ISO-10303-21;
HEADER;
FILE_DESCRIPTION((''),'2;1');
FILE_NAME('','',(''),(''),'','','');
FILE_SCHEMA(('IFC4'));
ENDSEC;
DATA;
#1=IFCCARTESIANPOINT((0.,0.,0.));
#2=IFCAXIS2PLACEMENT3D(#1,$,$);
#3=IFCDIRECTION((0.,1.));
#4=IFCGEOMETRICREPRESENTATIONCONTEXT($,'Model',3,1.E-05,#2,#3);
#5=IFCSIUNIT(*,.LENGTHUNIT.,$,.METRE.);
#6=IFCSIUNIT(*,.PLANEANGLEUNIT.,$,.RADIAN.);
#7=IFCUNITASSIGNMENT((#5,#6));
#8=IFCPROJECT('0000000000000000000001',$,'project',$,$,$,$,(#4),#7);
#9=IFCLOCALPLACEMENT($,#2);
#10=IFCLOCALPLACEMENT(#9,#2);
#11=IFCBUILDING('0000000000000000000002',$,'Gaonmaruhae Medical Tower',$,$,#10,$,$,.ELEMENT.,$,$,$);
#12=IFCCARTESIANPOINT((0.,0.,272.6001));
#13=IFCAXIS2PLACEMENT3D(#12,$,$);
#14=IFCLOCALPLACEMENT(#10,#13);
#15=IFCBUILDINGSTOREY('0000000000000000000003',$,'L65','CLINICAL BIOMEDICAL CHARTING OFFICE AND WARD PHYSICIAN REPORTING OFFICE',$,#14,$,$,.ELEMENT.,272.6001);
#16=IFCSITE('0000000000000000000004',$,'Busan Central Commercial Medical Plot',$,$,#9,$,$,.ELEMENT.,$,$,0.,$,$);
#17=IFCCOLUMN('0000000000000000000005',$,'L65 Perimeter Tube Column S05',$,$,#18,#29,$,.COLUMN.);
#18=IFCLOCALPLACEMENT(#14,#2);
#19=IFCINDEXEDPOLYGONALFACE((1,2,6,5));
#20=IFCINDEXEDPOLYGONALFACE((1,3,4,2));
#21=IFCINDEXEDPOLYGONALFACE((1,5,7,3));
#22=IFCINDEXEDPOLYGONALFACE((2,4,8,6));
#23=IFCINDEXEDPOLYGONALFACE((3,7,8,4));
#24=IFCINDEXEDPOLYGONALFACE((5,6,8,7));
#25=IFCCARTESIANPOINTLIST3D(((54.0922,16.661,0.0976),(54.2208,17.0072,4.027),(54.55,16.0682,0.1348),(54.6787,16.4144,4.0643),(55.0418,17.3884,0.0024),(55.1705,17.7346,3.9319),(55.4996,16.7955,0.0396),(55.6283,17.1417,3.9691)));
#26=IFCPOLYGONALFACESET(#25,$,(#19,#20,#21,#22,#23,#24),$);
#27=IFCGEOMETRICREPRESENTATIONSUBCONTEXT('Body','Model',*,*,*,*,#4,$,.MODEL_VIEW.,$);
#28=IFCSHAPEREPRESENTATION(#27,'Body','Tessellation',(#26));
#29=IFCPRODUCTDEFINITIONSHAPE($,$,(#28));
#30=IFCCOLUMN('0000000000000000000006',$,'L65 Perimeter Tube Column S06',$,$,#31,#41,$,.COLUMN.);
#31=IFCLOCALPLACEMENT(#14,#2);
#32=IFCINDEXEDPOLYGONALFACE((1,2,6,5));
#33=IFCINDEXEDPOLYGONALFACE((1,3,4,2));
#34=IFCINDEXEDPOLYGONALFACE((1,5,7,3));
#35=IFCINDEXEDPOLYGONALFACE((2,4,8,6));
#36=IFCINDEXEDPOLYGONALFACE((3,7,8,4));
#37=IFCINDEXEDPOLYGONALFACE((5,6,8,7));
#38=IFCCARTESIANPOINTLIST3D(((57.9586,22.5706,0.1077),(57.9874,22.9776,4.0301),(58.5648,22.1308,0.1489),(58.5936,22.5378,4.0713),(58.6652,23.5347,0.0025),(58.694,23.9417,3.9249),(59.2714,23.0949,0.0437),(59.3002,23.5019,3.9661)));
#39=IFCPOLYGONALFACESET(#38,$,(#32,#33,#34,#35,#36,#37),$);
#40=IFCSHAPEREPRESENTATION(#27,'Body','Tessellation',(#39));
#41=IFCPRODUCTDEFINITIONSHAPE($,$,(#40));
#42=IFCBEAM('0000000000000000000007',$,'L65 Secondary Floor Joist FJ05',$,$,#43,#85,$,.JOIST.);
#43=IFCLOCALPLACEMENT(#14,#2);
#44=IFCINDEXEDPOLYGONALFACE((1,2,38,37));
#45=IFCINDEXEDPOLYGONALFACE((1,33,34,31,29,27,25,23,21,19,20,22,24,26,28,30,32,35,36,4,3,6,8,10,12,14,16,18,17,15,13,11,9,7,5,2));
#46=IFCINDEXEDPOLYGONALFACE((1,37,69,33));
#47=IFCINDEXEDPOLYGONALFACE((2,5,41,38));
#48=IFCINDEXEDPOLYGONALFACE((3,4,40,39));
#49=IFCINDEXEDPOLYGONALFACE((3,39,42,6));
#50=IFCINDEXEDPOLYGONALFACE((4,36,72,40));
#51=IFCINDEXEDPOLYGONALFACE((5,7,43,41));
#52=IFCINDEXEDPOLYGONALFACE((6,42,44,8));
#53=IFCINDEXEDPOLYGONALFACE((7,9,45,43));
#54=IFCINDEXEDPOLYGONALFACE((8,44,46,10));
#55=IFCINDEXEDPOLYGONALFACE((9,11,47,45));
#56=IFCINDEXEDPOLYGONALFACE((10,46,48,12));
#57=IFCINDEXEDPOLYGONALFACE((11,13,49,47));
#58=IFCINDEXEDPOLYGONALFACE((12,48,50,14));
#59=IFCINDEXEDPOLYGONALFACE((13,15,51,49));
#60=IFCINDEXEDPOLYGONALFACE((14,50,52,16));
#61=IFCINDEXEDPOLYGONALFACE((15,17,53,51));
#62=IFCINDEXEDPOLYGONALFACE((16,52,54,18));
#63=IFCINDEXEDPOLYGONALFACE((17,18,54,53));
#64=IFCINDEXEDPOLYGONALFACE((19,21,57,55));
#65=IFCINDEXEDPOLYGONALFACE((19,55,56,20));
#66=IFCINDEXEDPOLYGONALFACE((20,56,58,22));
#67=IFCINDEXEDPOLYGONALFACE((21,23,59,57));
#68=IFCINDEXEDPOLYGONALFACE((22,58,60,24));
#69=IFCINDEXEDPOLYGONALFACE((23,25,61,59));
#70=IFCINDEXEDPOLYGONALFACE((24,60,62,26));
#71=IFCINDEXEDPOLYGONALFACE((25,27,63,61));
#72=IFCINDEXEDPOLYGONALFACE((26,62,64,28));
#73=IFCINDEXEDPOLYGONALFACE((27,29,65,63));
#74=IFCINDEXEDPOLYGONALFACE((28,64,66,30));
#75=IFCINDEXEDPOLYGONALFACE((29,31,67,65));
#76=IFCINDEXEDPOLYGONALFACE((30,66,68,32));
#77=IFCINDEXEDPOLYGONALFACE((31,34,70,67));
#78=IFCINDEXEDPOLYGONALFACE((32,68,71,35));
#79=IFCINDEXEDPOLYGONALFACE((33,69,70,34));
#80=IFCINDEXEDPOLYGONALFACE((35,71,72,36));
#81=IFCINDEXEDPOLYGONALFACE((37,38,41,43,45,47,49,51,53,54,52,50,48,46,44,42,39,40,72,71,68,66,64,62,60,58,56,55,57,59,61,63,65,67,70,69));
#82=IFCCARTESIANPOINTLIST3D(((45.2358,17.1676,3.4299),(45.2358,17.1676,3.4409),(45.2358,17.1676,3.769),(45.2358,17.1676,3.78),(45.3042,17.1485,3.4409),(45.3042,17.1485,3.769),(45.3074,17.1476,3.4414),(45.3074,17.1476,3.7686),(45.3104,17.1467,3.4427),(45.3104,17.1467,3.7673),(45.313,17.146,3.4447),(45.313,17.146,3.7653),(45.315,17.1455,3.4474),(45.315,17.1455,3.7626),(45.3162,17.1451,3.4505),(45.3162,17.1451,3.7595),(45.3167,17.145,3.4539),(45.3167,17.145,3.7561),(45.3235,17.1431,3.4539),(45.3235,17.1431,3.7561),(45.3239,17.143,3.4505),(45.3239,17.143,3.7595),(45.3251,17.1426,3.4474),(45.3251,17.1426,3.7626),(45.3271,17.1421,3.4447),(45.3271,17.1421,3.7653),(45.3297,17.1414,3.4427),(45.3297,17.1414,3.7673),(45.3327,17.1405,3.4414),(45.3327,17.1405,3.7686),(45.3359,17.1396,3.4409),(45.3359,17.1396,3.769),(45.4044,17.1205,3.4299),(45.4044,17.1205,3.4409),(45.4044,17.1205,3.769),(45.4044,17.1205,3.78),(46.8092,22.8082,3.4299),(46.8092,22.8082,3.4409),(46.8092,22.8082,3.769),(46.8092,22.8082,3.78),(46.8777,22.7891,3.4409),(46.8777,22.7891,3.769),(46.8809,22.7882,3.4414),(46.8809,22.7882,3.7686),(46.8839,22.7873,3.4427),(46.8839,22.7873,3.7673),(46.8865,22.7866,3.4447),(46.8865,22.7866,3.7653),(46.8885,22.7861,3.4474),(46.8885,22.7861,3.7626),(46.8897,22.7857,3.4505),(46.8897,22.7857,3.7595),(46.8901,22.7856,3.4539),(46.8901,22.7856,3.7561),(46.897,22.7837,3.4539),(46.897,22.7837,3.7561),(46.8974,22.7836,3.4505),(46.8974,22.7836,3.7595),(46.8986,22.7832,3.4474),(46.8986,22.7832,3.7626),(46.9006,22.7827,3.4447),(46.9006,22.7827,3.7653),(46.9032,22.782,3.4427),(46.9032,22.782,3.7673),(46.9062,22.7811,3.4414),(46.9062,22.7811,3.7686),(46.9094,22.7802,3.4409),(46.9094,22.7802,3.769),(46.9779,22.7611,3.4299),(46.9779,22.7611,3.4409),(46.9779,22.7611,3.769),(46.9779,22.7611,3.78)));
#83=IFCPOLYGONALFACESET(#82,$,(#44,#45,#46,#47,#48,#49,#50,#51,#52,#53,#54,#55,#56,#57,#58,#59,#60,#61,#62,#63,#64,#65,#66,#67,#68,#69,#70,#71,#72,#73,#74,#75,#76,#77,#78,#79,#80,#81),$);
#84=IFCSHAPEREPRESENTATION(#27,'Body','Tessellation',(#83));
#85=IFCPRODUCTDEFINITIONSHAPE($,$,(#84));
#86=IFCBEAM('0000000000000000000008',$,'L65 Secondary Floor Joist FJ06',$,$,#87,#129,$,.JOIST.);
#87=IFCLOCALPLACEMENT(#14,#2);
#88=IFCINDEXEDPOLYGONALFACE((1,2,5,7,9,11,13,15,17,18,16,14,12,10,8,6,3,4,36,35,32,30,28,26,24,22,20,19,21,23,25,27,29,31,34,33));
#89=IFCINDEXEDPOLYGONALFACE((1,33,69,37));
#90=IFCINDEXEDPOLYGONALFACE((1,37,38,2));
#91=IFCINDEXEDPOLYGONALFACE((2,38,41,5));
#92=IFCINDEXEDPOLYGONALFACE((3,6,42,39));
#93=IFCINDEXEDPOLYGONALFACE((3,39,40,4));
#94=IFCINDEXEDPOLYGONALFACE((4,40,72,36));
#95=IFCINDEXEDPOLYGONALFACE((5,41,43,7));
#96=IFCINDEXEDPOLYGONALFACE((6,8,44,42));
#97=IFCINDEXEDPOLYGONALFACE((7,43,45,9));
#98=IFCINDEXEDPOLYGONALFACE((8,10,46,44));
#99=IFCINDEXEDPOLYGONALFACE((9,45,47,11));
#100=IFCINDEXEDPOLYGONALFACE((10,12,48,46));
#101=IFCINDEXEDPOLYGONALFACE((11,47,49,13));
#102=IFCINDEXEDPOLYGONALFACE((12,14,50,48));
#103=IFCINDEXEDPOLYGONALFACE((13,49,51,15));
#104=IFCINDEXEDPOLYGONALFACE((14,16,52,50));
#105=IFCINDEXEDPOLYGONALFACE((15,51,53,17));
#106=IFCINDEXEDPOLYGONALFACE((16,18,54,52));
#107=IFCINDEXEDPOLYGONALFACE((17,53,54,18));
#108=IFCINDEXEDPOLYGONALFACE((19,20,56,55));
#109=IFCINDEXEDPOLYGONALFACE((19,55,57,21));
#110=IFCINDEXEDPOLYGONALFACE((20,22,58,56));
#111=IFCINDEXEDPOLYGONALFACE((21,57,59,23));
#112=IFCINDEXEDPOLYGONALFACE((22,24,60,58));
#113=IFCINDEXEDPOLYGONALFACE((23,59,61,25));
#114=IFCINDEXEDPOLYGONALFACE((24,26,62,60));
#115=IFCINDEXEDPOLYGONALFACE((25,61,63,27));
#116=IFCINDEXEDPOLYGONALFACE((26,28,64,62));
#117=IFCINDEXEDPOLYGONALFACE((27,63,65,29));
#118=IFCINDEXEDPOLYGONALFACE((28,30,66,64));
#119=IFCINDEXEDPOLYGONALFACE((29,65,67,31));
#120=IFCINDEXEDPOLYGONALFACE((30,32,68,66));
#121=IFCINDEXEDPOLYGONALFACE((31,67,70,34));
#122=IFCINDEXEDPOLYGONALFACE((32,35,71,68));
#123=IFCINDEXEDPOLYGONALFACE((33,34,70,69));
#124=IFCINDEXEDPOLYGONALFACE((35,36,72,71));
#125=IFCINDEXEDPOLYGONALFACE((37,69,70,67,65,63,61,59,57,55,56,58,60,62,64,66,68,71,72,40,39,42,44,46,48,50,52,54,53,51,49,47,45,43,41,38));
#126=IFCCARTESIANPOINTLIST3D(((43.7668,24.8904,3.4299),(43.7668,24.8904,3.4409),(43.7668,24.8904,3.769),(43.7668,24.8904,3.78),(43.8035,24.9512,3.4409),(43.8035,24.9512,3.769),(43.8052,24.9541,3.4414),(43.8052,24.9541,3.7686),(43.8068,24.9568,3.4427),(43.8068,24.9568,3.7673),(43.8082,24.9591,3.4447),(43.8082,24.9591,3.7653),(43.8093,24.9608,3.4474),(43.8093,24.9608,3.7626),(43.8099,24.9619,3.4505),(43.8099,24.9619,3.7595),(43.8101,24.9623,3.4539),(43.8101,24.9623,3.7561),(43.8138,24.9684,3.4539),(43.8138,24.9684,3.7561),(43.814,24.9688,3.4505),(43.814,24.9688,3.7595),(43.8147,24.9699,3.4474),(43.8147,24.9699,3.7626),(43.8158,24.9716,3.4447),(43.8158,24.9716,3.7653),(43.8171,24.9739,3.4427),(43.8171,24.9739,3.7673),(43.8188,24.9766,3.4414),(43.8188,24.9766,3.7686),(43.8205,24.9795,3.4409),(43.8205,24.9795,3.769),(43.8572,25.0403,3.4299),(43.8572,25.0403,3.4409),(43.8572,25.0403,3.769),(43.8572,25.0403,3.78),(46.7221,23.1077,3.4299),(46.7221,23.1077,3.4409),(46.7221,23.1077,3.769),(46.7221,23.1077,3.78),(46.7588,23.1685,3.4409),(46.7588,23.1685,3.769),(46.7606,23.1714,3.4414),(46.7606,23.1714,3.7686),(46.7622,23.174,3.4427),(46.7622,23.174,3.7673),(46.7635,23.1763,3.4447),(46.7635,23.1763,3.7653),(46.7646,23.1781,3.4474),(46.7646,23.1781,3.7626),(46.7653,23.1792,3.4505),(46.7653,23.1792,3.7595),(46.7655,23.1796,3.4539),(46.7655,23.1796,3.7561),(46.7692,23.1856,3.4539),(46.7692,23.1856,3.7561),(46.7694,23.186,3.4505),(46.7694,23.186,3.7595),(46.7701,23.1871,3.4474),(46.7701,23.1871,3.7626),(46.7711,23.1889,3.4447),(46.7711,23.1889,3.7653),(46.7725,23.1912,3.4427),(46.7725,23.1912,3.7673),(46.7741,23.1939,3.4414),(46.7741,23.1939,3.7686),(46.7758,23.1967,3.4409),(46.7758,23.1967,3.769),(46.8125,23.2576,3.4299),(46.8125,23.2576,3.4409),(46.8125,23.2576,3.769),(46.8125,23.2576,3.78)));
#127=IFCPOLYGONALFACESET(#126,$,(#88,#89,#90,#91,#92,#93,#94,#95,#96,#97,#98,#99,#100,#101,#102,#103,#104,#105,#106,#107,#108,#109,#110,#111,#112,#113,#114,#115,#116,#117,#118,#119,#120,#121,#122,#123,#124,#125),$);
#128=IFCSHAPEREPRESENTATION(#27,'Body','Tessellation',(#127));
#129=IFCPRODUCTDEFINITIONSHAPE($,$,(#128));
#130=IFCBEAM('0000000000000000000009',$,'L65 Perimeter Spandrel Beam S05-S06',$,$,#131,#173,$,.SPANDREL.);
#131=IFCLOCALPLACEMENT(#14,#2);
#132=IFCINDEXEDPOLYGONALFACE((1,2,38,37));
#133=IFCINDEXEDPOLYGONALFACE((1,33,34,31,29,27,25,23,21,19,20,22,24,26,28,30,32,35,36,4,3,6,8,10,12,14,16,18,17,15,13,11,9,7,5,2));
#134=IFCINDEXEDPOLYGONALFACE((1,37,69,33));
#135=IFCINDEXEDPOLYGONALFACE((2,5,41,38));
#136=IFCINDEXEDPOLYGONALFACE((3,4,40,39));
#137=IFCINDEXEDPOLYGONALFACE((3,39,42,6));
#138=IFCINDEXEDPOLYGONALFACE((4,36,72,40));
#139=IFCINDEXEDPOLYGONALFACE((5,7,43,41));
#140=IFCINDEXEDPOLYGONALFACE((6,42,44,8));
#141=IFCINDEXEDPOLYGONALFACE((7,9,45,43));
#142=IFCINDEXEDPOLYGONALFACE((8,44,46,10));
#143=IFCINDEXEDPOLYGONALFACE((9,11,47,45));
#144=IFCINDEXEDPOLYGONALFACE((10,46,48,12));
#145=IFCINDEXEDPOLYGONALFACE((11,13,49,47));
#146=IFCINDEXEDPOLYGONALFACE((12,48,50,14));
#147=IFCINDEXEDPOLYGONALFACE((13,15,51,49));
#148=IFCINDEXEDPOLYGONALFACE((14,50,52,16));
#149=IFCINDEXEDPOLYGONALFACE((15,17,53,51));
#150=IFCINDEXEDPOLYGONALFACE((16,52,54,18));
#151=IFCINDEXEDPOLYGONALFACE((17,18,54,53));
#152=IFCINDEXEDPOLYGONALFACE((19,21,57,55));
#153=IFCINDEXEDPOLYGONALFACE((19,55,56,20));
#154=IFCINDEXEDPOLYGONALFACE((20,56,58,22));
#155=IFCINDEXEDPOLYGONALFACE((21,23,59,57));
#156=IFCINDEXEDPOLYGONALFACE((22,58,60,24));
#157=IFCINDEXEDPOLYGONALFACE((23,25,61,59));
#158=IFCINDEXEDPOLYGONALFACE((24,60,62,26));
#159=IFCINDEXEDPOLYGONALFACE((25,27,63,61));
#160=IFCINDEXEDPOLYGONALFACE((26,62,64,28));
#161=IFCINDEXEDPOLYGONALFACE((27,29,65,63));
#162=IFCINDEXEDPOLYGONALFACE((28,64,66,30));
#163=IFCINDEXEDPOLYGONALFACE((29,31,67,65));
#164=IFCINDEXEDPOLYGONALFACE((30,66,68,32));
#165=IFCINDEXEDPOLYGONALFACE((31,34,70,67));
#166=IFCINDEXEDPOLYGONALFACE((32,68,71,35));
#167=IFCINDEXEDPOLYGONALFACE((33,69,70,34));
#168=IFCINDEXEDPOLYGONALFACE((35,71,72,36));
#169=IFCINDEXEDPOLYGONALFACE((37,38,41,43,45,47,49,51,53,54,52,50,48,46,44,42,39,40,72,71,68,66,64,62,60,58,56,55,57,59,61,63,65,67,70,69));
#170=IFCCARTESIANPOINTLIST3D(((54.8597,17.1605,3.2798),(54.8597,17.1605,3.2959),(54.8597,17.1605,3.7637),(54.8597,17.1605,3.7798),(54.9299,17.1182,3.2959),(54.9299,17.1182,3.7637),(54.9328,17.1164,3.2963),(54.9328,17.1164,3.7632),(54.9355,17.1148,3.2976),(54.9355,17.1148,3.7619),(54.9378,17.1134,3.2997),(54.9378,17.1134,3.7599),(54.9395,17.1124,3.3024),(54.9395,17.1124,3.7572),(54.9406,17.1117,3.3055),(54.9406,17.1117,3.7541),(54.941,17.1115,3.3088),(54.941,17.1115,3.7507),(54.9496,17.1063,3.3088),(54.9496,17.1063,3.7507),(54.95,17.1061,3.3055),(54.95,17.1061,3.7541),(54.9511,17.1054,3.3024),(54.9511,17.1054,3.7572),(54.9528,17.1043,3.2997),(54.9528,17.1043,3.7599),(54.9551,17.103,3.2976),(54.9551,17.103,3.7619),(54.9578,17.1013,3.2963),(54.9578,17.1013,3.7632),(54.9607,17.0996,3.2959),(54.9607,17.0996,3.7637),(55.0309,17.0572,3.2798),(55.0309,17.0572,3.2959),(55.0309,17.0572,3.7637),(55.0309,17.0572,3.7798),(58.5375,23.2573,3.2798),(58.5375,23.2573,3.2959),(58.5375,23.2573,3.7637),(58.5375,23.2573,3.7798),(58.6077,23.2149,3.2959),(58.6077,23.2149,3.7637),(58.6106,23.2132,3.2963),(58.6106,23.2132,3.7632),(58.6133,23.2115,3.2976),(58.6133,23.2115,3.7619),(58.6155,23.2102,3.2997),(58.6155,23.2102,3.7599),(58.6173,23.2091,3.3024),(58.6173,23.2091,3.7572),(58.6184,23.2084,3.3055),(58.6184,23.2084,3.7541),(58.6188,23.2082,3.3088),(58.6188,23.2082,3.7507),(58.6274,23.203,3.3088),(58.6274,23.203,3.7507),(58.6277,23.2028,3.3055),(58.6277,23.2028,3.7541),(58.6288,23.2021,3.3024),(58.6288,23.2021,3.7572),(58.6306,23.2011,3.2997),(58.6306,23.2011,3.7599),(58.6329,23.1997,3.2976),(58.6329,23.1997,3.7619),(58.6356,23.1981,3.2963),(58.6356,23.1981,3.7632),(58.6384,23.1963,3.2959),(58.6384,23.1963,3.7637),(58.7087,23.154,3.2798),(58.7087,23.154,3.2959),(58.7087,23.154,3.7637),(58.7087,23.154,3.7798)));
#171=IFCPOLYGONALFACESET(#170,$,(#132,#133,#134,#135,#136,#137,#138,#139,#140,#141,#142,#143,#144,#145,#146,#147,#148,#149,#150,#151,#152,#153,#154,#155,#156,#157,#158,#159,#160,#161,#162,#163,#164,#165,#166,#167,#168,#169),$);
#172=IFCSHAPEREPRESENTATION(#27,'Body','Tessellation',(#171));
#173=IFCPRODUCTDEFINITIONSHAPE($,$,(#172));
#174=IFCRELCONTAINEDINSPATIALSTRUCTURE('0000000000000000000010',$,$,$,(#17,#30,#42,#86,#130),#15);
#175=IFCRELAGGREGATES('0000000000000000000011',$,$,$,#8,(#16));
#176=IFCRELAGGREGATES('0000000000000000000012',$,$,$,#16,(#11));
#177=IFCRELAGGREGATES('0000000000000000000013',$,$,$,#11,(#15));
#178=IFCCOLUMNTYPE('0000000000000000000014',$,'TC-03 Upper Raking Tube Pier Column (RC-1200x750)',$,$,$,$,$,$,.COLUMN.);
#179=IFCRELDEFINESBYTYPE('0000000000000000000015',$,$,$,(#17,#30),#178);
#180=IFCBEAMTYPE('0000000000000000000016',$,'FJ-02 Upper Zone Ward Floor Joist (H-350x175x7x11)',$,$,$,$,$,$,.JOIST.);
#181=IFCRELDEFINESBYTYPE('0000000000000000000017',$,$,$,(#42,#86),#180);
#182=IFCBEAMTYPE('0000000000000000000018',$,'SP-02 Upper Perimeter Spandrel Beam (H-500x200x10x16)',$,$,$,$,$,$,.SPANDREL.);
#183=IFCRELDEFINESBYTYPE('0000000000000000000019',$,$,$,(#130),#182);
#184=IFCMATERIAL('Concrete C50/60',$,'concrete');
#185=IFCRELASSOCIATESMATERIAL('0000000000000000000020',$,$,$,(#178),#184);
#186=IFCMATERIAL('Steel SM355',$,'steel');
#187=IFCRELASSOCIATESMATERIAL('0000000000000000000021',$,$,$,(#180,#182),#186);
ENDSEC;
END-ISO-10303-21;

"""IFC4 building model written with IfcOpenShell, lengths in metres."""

from ifc_helpers import new_model, si_unit, direction, frame, origin, origin_2d, place, context, subcontext, project, spatial, rectangle, i_section, extrude, material, material_profile, profile_set, type_object, element, save


model = new_model("IFC4")

# Units and contexts
model_context = context("Model", 3, precision=1e-05, world=origin(), true_north=direction((0.0, 1.0)))
body_context = subcontext(model_context, "Body", "Model", "MODEL_VIEW")
ifc_project = project(units=[si_unit("LENGTHUNIT", "METRE"), si_unit("PLANEANGLEUNIT", "RADIAN")], contexts=[model_context])

# Site, building, storey
site_placement = place(None, origin())
site = spatial("IfcSite", under=ifc_project, at=site_placement, Name="Busan Central Commercial Medical Plot", CompositionType="ELEMENT", RefElevation=0.0)
building_placement = place(site_placement, origin())
building = spatial("IfcBuilding", under=site, at=building_placement, Name="Gaonmaruhae Medical Tower", CompositionType="ELEMENT")
storey_placement = place(building_placement, frame((0.0, 0.0, 272.6001)))
storey = spatial("IfcBuildingStorey", under=building, at=storey_placement, Name="L65", Description="CLINICAL BIOMEDICAL CHARTING OFFICE AND WARD PHYSICIAN REPORTING OFFICE", CompositionType="ELEMENT", Elevation=272.6001)

# Columns
ifc_material_1 = material(Name="Concrete C50/60", Category="concrete")
ifc_material_profile_1 = material_profile(ifc_material_1, rectangle(XDim=1.2, YDim=0.75, at=origin_2d()), Name="RC-1200x750")
ifc_profile_set_1 = profile_set([ifc_material_profile_1], Name="Concrete C50/60")
column_type = type_object("IfcColumnType", Name="TC-03 Upper Raking Tube Pier Column (RC-1200x750)", PredefinedType="COLUMN", material=ifc_profile_set_1)
column_1_placement = place(storey_placement, frame((54.7959, 16.7283, 0.0686), z_axis=(0.032599, 0.087715, 0.995612), x_axis=(-0.791394, -0.606139, 0.079315)))
element("IfcColumn", 1, at=column_1_placement, inside=storey, type_object=column_type, Name="L65 Perimeter Tube Column S05", PredefinedType="COLUMN", context=body_context, shape_type="SweptSolid", body=[
    extrude(rectangle(XDim=1.2, YDim=0.75, at=origin_2d()), origin(), (0.0, 0.0, 1.0), 3.9468),
])
column_2_placement = place(storey_placement, frame((58.615, 22.8328, 0.0757), z_axis=(0.007305, 0.103203, 0.994634), x_axis=(-0.588861, -0.803463, 0.087692)))
element("IfcColumn", 2, at=column_2_placement, inside=storey, type_object=column_type, Name="L65 Perimeter Tube Column S06", PredefinedType="COLUMN", context=body_context, shape_type="SweptSolid", body=[
    extrude(rectangle(XDim=1.2, YDim=0.75, at=origin_2d()), origin(), (0.0, 0.0, 1.0), 3.9436),
])

# Beams
ifc_material_2 = material(Name="Steel SM355", Category="steel")
ifc_material_profile_2 = material_profile(ifc_material_2, i_section(OverallWidth=0.175, OverallDepth=0.3501, WebThickness=0.0071, FlangeThickness=0.011, FilletRadius=0.0129, at=origin_2d()), Name="H-350x175x7x11")
ifc_profile_set_2 = profile_set([ifc_material_profile_2], Name="Steel SM355")
beam_type_1 = type_object("IfcBeamType", Name="FJ-02 Upper Zone Ward Floor Joist (H-350x175x7x11)", PredefinedType="JOIST", material=ifc_profile_set_2)
beam_1_placement = place(storey_placement, frame((45.3201, 17.144, 3.605), z_axis=(0.268697, 0.963225, 0.0), x_axis=(-0.963225, 0.268697, 0.0)))
element("IfcBeam", 3, at=beam_1_placement, inside=storey, type_object=beam_type_1, Name="L65 Secondary Floor Joist FJ05", PredefinedType="JOIST", context=body_context, shape_type="SweptSolid", body=[
    extrude(i_section(OverallWidth=0.175, OverallDepth=0.3501, WebThickness=0.0071, FlangeThickness=0.011, FilletRadius=0.0129, at=origin_2d()), origin(), (0.0, 0.0, 1.0), 5.856),
])
beam_2_placement = place(storey_placement, frame((46.7673, 23.1826, 3.605), z_axis=(-0.856273, 0.516523, 0.0), x_axis=(-0.516523, -0.856273, 0.0)))
element("IfcBeam", 4, at=beam_2_placement, inside=storey, type_object=beam_type_1, Name="L65 Secondary Floor Joist FJ06", PredefinedType="JOIST", context=body_context, shape_type="SweptSolid", body=[
    extrude(i_section(OverallWidth=0.175, OverallDepth=0.3501, WebThickness=0.0071, FlangeThickness=0.011, FilletRadius=0.0129, at=origin_2d()), origin(), (0.0, 0.0, 1.0), 3.4514),
])
ifc_material_profile_3 = material_profile(ifc_material_2, i_section(OverallWidth=0.2, OverallDepth=0.5, WebThickness=0.01, FlangeThickness=0.0161, FilletRadius=0.0129, at=origin_2d()), Name="H-500x200x10x16")
ifc_profile_set_3 = profile_set([ifc_material_profile_3], Name="Steel SM355")
beam_type_2 = type_object("IfcBeamType", Name="SP-02 Upper Perimeter Spandrel Beam (H-500x200x10x16)", PredefinedType="SPANDREL", material=ifc_profile_set_3)
beam_3_placement = place(storey_placement, frame((54.9453, 17.1089, 3.5298), z_axis=(0.516531, 0.856268, 0.0), x_axis=(-0.856268, 0.516531, 0.0)))
element("IfcBeam", 5, at=beam_3_placement, inside=storey, type_object=beam_type_2, Name="L65 Perimeter Spandrel Beam S05-S06", PredefinedType="SPANDREL", context=body_context, shape_type="SweptSolid", body=[
    extrude(i_section(OverallWidth=0.2, OverallDepth=0.5, WebThickness=0.01, FlangeThickness=0.0161, FilletRadius=0.0129, at=origin_2d()), origin(), (0.0, 0.0, 1.0), 7.1201),
])

save(model, "model.ifc")
